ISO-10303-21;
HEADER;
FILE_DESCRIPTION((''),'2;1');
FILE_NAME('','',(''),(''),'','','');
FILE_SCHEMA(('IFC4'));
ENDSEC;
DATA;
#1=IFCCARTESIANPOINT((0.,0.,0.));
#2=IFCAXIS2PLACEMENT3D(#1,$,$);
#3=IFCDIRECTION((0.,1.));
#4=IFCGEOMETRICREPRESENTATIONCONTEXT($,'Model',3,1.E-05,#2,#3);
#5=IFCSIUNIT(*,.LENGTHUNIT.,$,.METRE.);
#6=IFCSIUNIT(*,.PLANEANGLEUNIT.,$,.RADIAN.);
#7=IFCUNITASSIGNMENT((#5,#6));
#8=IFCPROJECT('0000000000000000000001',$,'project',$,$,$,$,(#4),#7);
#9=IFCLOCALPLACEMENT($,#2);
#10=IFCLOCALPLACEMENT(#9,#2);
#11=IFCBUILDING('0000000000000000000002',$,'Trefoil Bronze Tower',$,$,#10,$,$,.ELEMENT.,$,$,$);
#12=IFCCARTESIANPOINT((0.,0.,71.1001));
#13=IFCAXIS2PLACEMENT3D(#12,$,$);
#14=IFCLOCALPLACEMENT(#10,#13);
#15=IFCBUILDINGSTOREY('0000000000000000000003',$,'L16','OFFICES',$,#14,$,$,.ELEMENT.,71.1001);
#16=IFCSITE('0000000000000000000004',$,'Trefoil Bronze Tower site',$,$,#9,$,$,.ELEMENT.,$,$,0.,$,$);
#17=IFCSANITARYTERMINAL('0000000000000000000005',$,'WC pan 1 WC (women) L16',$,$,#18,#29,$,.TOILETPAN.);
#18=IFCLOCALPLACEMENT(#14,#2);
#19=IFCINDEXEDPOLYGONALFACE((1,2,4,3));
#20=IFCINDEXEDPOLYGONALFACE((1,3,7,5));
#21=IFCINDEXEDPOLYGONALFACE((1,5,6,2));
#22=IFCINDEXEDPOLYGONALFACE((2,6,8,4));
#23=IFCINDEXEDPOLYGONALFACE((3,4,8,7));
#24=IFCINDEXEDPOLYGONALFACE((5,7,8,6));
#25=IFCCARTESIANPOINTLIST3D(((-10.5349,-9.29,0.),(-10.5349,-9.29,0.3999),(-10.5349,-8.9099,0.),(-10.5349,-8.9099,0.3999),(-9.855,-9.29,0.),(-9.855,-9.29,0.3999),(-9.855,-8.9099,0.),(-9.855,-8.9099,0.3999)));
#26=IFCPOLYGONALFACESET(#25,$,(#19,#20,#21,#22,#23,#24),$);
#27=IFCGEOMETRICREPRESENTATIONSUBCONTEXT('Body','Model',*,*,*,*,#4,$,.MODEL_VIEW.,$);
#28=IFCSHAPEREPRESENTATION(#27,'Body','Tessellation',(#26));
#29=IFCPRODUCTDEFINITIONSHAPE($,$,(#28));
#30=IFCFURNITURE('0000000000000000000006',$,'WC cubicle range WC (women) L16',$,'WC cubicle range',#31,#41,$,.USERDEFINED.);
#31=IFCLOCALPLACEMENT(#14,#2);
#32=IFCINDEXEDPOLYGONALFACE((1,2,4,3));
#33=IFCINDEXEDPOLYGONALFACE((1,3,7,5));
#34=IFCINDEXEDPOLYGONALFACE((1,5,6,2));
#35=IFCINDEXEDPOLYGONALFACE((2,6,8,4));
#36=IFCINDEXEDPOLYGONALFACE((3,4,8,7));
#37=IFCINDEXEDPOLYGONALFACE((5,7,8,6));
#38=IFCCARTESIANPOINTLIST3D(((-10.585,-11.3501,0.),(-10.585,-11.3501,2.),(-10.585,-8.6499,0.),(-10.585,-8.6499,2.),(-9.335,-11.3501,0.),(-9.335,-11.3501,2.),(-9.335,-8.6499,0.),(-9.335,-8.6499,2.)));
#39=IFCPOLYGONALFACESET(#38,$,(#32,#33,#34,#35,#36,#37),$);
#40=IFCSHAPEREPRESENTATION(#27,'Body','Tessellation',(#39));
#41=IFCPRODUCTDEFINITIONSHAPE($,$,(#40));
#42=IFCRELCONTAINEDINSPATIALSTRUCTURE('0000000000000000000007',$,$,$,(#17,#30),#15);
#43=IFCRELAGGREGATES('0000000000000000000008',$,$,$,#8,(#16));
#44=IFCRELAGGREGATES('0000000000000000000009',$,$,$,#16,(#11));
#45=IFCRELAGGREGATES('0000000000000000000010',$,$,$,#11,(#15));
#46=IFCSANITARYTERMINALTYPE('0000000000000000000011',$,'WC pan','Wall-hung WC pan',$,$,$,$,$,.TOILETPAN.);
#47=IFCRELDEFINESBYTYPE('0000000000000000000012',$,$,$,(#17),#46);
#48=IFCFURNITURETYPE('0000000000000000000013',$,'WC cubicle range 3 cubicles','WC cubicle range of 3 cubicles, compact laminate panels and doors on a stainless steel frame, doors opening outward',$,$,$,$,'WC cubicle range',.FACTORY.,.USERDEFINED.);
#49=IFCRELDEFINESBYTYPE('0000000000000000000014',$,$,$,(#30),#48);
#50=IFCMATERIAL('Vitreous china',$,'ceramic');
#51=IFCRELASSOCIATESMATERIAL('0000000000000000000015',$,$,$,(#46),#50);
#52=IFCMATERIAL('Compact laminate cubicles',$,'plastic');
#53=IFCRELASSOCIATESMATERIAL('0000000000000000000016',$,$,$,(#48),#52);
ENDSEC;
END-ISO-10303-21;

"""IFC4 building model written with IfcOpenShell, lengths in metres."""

from ifc_helpers import new_model, si_unit, direction, frame, origin, place, context, subcontext, project, spatial, polyline, outline, extrude, material, type_object, element, save


model = new_model("IFC4")

# Units and contexts
model_context = context("Model", 3, precision=1e-05, world=origin(), true_north=direction((0.0, 1.0)))
body_context = subcontext(model_context, "Body", "Model", "MODEL_VIEW")
ifc_project = project(units=[si_unit("LENGTHUNIT", "METRE"), si_unit("PLANEANGLEUNIT", "RADIAN")], contexts=[model_context])

# Site, building, storey
site_placement = place(None, origin())
site = spatial("IfcSite", under=ifc_project, at=site_placement, Name="Trefoil Bronze Tower site", CompositionType="ELEMENT", RefElevation=0.0)
building_placement = place(site_placement, origin())
building = spatial("IfcBuilding", under=site, at=building_placement, Name="Trefoil Bronze Tower", CompositionType="ELEMENT")
storey_placement = place(building_placement, frame((0.0, 0.0, 71.1001)))
storey = spatial("IfcBuildingStorey", under=building, at=storey_placement, Name="L16", Description="OFFICES", CompositionType="ELEMENT", Elevation=71.1001)

# Sanitary terminal
ifc_material_1 = material(Name="Vitreous china", Category="ceramic")
sanitary_terminal_type_1 = type_object("IfcSanitaryTerminalType", Name="WC pan", Description="Wall-hung WC pan", PredefinedType="TOILETPAN", material=ifc_material_1)
sanitary_terminal_1_placement = place(storey_placement, origin())
element("IfcSanitaryTerminal", 1, at=sanitary_terminal_1_placement, inside=storey, type_object=sanitary_terminal_type_1, Name="WC pan 1 WC (women) L16", PredefinedType="TOILETPAN", context=body_context, shape_type="SweptSolid", body=[
    extrude(outline(polyline([(-9.855, -8.9099), (-10.5349, -8.9099), (-10.5349, -9.29), (-9.855, -9.29), (-9.855, -8.9099)])), origin(), (0.0, 0.0, 1.0), 0.3999),
])

# Furniture
ifc_material_2 = material(Name="Compact laminate cubicles", Category="plastic")
furniture_type = type_object("IfcFurnitureType", Name="WC cubicle range 3 cubicles", Description="WC cubicle range of 3 cubicles, compact laminate panels and doors on a stainless steel frame, doors opening outward", ElementType="WC cubicle range", AssemblyPlace="FACTORY", PredefinedType="USERDEFINED", material=ifc_material_2)
furniture_placement = place(storey_placement, origin())
element("IfcFurniture", 2, at=furniture_placement, inside=storey, type_object=furniture_type, Name="WC cubicle range WC (women) L16", ObjectType="WC cubicle range", PredefinedType="USERDEFINED", context=body_context, shape_type="SweptSolid", body=[
    extrude(outline(polyline([(-9.335, -8.6499), (-10.585, -8.6499), (-10.585, -11.3501), (-9.335, -11.3501), (-9.335, -8.6499)])), origin(), (0.0, 0.0, 1.0), 2.0),
])

save(model, "model.ifc")
